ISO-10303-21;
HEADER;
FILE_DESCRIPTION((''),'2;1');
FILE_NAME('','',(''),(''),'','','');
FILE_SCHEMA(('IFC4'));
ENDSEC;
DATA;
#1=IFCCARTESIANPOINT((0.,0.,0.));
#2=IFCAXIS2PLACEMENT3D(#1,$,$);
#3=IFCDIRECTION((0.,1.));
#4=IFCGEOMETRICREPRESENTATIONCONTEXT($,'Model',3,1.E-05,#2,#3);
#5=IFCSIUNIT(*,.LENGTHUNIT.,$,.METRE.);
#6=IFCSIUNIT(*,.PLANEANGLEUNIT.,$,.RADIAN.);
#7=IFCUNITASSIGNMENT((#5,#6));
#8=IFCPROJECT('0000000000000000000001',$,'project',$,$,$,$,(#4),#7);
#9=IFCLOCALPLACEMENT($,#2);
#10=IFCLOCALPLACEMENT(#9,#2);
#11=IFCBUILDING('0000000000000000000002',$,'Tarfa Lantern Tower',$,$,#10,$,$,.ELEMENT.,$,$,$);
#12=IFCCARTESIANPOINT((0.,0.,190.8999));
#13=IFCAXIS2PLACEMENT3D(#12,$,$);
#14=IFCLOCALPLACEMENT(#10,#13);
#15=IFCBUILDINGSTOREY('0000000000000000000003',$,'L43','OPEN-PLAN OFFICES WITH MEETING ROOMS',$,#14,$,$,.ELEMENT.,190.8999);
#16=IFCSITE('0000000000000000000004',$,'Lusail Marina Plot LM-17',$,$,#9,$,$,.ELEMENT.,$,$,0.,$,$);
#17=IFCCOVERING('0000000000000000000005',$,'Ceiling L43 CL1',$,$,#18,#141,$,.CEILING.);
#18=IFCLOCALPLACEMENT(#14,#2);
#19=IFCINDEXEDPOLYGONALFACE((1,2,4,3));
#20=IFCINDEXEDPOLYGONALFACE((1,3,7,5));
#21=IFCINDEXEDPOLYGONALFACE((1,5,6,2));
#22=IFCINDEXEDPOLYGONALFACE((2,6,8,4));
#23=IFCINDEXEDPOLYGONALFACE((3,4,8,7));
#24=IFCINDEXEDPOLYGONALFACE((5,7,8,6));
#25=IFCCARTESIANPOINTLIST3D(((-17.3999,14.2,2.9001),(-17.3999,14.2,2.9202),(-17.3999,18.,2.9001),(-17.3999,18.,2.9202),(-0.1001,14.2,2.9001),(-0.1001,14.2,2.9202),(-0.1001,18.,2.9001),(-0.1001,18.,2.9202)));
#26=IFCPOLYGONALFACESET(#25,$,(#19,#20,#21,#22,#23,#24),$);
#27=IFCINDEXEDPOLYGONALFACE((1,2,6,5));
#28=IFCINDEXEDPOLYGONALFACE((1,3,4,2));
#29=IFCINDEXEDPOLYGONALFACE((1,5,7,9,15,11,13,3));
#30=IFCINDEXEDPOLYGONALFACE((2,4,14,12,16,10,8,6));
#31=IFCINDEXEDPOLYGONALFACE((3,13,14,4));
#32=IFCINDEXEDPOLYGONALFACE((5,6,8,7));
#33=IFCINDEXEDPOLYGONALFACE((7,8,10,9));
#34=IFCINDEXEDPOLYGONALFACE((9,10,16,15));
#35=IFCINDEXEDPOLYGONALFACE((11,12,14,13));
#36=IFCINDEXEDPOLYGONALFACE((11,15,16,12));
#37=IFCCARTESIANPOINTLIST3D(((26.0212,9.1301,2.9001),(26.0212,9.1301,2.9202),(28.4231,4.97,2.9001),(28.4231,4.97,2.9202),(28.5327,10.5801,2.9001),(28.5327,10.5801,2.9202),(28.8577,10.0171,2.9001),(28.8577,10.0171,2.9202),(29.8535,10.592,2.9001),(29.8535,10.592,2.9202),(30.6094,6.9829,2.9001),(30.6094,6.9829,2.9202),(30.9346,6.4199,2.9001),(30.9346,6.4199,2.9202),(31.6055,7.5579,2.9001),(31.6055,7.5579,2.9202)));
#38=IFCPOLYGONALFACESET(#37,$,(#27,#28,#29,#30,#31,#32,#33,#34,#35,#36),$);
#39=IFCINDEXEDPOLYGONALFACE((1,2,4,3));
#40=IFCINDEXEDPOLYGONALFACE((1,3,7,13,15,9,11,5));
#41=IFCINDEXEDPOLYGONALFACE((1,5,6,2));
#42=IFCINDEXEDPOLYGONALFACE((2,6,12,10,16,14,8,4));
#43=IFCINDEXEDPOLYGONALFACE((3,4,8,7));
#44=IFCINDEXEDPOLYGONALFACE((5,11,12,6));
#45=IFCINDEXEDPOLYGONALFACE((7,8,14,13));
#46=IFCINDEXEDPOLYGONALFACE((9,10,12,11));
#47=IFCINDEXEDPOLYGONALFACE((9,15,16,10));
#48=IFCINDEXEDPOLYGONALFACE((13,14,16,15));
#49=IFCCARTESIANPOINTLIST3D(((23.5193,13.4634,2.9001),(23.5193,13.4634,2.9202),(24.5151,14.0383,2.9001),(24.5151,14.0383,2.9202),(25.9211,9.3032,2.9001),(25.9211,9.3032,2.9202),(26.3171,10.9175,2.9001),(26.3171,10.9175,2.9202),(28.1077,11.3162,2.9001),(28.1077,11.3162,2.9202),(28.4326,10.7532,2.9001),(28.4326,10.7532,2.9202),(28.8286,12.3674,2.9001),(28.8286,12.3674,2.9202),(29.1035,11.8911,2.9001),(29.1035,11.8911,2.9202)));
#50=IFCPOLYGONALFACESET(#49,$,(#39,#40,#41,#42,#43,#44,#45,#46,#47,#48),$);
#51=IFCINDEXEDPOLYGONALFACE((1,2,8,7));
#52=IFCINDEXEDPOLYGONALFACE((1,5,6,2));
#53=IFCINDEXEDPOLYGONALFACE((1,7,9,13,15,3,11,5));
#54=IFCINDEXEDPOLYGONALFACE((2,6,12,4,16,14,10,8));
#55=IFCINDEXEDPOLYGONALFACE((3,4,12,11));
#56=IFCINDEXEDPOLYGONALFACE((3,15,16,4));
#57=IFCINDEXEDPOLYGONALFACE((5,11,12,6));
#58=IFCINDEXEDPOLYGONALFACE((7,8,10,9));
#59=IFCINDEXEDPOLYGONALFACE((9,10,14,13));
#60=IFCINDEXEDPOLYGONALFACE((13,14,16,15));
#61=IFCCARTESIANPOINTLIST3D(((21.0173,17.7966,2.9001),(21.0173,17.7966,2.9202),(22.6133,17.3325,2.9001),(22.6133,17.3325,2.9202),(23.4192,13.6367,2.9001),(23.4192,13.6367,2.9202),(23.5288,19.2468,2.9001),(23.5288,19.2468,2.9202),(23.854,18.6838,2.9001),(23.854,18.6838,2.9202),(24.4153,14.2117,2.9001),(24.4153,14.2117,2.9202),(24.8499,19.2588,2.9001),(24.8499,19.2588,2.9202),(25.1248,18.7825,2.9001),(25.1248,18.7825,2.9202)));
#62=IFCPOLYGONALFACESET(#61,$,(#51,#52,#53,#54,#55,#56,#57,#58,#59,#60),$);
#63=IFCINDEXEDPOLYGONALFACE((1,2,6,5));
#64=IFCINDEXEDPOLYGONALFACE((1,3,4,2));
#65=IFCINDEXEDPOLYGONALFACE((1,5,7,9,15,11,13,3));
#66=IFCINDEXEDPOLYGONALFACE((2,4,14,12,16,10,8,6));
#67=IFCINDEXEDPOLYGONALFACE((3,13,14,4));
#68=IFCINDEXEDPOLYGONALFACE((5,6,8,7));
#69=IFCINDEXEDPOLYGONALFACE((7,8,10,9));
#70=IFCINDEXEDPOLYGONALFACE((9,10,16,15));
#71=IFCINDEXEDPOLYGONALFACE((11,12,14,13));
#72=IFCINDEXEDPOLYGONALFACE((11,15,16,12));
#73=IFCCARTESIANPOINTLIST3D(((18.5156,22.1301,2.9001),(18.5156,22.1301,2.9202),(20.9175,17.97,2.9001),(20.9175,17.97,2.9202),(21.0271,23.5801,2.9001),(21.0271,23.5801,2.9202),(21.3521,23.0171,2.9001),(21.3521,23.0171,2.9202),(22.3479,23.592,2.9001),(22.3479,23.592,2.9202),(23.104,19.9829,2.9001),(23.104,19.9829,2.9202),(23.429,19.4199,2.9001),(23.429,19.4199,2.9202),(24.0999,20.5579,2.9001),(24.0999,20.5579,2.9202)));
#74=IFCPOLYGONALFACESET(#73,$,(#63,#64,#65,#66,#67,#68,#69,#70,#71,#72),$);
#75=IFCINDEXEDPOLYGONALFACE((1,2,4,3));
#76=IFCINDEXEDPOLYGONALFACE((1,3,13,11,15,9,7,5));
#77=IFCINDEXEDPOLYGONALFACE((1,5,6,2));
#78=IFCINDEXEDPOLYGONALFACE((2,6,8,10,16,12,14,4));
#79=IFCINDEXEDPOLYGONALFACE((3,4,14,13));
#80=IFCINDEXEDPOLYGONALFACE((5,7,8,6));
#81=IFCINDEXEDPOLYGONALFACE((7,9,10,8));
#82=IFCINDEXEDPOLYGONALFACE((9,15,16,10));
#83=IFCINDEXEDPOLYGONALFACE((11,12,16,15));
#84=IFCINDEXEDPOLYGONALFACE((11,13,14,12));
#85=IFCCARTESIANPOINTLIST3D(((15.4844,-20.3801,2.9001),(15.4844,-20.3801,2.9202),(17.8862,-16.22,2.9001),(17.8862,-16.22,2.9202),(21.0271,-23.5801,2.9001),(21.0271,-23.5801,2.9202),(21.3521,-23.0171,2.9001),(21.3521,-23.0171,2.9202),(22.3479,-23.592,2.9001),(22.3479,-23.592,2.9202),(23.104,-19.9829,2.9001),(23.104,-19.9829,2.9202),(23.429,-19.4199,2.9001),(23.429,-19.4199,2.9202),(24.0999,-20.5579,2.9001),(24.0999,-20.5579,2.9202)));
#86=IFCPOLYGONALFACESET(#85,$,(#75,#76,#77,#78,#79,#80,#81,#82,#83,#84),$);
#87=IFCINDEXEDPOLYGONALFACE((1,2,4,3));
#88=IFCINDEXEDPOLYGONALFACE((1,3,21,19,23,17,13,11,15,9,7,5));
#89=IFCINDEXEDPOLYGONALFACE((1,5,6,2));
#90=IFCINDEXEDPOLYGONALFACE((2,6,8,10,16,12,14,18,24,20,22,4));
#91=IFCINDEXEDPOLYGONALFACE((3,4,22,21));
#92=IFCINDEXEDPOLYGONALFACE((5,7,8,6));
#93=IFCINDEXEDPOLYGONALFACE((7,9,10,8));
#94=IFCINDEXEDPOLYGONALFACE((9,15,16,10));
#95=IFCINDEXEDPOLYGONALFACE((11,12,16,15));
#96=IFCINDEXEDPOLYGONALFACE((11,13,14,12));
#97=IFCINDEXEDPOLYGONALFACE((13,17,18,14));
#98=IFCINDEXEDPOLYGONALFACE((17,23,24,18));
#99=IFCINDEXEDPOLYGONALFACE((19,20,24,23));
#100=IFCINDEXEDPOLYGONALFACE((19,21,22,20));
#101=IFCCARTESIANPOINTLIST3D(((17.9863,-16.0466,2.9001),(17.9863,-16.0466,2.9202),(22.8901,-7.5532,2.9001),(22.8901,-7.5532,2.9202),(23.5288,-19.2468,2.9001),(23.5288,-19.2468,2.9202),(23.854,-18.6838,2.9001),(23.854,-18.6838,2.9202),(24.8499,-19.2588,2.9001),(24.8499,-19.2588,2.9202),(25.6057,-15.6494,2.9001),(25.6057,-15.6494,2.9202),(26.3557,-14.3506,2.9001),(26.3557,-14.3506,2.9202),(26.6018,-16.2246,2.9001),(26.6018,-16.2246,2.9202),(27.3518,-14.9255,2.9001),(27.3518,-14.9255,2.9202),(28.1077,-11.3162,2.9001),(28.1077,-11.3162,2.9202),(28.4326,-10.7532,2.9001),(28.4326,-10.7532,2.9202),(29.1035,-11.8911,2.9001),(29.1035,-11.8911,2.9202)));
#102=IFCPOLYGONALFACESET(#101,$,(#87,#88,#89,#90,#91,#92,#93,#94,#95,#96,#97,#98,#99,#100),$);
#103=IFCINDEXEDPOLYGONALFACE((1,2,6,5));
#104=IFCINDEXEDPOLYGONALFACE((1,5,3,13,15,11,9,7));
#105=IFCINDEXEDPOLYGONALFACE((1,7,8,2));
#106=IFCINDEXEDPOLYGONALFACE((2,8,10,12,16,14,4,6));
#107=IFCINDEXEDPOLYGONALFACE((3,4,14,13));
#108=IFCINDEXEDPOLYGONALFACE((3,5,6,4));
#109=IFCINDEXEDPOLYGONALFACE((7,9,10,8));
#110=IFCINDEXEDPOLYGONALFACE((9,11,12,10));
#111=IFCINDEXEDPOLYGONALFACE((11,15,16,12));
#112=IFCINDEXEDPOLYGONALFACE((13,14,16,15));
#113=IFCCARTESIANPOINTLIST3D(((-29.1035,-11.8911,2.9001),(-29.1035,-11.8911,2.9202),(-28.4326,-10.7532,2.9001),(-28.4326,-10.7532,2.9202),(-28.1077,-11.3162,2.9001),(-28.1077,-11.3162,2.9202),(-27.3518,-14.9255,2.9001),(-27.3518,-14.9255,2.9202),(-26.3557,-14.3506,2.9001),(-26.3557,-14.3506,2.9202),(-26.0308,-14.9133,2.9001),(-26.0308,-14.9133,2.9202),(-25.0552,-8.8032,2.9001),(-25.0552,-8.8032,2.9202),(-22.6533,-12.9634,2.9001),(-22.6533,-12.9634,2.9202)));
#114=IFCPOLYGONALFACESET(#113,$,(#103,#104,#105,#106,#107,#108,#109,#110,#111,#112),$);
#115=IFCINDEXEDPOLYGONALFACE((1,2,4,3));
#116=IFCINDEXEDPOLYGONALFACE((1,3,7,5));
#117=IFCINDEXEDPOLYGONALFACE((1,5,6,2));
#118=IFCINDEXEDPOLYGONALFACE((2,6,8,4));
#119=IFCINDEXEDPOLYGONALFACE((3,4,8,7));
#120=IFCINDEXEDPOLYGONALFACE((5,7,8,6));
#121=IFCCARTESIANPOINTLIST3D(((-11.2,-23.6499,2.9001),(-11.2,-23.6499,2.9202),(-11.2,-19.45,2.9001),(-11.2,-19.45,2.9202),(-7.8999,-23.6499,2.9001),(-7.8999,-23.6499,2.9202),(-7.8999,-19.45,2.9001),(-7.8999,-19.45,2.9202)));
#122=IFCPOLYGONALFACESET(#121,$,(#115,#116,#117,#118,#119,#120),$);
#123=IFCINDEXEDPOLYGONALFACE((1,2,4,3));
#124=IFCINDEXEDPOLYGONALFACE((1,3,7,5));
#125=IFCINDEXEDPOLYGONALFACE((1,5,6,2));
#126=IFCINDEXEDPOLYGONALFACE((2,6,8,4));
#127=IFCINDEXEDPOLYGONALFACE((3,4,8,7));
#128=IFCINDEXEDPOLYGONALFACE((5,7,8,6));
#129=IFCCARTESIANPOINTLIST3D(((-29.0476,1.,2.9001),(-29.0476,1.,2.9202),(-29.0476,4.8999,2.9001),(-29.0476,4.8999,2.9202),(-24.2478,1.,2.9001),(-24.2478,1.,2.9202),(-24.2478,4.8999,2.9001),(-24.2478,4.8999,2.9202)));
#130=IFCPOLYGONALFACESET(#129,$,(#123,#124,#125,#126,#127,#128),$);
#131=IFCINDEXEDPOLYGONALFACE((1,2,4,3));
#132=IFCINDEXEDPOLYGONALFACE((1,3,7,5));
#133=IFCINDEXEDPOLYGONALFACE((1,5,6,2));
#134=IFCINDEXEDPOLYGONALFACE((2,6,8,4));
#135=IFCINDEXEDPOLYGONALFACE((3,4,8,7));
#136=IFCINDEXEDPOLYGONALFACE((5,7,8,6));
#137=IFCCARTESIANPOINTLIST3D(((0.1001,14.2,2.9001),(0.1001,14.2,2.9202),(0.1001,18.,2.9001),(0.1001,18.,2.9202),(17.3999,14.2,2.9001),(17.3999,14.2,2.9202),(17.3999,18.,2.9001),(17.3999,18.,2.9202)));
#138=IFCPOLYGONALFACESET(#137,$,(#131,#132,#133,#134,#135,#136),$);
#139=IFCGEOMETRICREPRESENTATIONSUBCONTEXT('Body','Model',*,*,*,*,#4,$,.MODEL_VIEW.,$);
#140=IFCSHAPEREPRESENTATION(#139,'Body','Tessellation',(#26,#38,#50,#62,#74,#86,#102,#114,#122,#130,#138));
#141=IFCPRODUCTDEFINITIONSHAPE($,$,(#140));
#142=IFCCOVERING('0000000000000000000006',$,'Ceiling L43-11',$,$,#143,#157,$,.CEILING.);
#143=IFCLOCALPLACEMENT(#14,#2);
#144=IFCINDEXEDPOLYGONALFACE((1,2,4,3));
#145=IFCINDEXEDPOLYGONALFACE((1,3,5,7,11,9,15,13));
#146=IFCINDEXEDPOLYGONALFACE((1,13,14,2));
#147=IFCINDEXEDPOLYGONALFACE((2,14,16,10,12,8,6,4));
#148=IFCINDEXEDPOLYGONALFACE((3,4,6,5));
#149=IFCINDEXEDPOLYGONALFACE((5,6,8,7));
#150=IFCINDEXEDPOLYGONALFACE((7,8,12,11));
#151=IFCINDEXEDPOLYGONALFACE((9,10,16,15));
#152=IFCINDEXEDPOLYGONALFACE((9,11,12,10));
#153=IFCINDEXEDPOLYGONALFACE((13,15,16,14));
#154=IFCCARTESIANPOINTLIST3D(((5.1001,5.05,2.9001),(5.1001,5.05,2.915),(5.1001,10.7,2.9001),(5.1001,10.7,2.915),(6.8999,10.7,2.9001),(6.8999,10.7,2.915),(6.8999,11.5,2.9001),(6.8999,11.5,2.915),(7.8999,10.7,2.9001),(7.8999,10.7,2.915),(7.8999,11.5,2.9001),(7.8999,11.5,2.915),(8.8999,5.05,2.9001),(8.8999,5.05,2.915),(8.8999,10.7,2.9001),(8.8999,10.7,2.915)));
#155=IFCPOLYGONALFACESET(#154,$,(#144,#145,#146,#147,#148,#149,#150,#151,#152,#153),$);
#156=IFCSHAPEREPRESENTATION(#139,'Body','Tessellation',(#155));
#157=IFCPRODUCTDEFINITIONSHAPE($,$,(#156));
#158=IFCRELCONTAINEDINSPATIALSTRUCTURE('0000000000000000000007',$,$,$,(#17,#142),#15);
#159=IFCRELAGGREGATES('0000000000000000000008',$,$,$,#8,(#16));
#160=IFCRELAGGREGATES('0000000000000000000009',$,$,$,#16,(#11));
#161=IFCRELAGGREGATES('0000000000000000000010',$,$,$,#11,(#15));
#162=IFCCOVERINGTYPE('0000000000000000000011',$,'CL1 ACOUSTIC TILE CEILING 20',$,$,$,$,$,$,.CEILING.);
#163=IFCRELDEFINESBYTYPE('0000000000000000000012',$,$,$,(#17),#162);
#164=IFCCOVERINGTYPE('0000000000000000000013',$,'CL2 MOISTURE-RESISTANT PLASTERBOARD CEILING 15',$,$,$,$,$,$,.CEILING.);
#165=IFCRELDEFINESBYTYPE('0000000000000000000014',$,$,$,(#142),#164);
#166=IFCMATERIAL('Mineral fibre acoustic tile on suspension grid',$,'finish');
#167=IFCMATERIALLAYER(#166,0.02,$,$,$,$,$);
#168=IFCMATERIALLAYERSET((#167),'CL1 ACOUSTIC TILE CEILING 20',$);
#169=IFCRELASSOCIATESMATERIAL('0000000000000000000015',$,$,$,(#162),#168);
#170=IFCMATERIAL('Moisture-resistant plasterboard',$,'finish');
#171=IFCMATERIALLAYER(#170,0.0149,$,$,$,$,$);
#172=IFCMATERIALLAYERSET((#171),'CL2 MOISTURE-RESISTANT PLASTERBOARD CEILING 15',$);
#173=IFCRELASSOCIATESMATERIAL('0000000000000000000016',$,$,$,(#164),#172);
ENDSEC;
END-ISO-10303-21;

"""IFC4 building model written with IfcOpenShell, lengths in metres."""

from ifc_helpers import new_model, si_unit, direction, frame, origin, place, context, subcontext, project, spatial, polyline, outline, extrude, material, layer, layer_set, type_object, element, save


model = new_model("IFC4")

# Units and contexts
model_context = context("Model", 3, precision=1e-05, world=origin(), true_north=direction((0.0, 1.0)))
body_context = subcontext(model_context, "Body", "Model", "MODEL_VIEW")
ifc_project = project(units=[si_unit("LENGTHUNIT", "METRE"), si_unit("PLANEANGLEUNIT", "RADIAN")], contexts=[model_context])

# Site, building, storey
site_placement = place(None, origin())
site = spatial("IfcSite", under=ifc_project, at=site_placement, Name="Lusail Marina Plot LM-17", CompositionType="ELEMENT", RefElevation=0.0)
building_placement = place(site_placement, origin())
building = spatial("IfcBuilding", under=site, at=building_placement, Name="Tarfa Lantern Tower", CompositionType="ELEMENT")
storey_placement = place(building_placement, frame((0.0, 0.0, 190.8999)))
storey = spatial("IfcBuildingStorey", under=building, at=storey_placement, Name="L43", Description="OPEN-PLAN OFFICES WITH MEETING ROOMS", CompositionType="ELEMENT", Elevation=190.8999)

# Coverings
ifc_material_1 = material(Name="Mineral fibre acoustic tile on suspension grid", Category="finish")
ifc_layer_1 = layer(ifc_material_1, 0.02)
ifc_layer_set_1 = layer_set([ifc_layer_1], Name="CL1 ACOUSTIC TILE CEILING 20")
covering_type_1 = type_object("IfcCoveringType", Name="CL1 ACOUSTIC TILE CEILING 20", PredefinedType="CEILING", material=ifc_layer_set_1)
covering_1_placement = place(storey_placement, frame((0.0, 0.0, 2.9001)))
element("IfcCovering", 1, at=covering_1_placement, inside=storey, type_object=covering_type_1, Name="Ceiling L43 CL1", PredefinedType="CEILING", context=body_context, shape_type="SweptSolid", body=[
    extrude(outline(polyline([(-17.3999, 18.0), (-0.1001, 18.0), (-0.1001, 14.2), (-17.3999, 14.2), (-17.3999, 18.0)])), origin(), (0.0, 0.0, 1.0), 0.02),
    extrude(outline(polyline([(26.0212, 9.1301), (28.5327, 10.5801), (28.8577, 10.0171), (29.8535, 10.592), (31.6055, 7.5579), (30.6094, 6.9829), (30.9346, 6.4199), (28.4231, 4.97), (26.0212, 9.1301)])), origin(), (0.0, 0.0, 1.0), 0.02),
    extrude(outline(polyline([(25.9211, 9.3032), (23.5193, 13.4634), (24.5151, 14.0383), (26.3171, 10.9175), (28.8286, 12.3674), (29.1035, 11.8911), (28.1077, 11.3162), (28.4326, 10.7532), (25.9211, 9.3032)])), origin(), (0.0, 0.0, 1.0), 0.02),
    extrude(outline(polyline([(21.0173, 17.7966), (23.5288, 19.2468), (23.854, 18.6838), (24.8499, 19.2588), (25.1248, 18.7825), (22.6133, 17.3325), (24.4153, 14.2117), (23.4192, 13.6367), (21.0173, 17.7966)])), origin(), (0.0, 0.0, 1.0), 0.02),
    extrude(outline(polyline([(18.5156, 22.1301), (21.0271, 23.5801), (21.3521, 23.0171), (22.3479, 23.592), (24.0999, 20.5579), (23.104, 19.9829), (23.429, 19.4199), (20.9175, 17.97), (18.5156, 22.1301)])), origin(), (0.0, 0.0, 1.0), 0.02),
    extrude(outline(polyline([(17.8862, -16.22), (23.429, -19.4199), (23.104, -19.9829), (24.0999, -20.5579), (22.3479, -23.592), (21.3521, -23.0171), (21.0271, -23.5801), (15.4844, -20.3801), (17.8862, -16.22)])), origin(), (0.0, 0.0, 1.0), 0.02),
    extrude(outline(polyline([(22.8901, -7.5532), (28.4326, -10.7532), (28.1077, -11.3162), (29.1035, -11.8911), (27.3518, -14.9255), (26.3557, -14.3506), (25.6057, -15.6494), (26.6018, -16.2246), (24.8499, -19.2588), (23.854, -18.6838), (23.5288, -19.2468), (17.9863, -16.0466), (22.8901, -7.5532)])), origin(), (0.0, 0.0, 1.0), 0.02),
    extrude(outline(polyline([(-22.6533, -12.9634), (-26.0308, -14.9133), (-26.3557, -14.3506), (-27.3518, -14.9255), (-29.1035, -11.8911), (-28.1077, -11.3162), (-28.4326, -10.7532), (-25.0552, -8.8032), (-22.6533, -12.9634)])), origin(), (0.0, 0.0, 1.0), 0.02),
    extrude(outline(polyline([(-7.8999, -23.6499), (-11.2, -23.6499), (-11.2, -19.45), (-7.8999, -19.45), (-7.8999, -23.6499)])), origin(), (0.0, 0.0, 1.0), 0.02),
    extrude(outline(polyline([(-29.0476, 1.0), (-29.0476, 4.8999), (-24.2478, 4.8999), (-24.2478, 1.0), (-29.0476, 1.0)])), origin(), (0.0, 0.0, 1.0), 0.02),
    extrude(outline(polyline([(0.1001, 18.0), (17.3999, 18.0), (17.3999, 14.2), (0.1001, 14.2), (0.1001, 18.0)])), origin(), (0.0, 0.0, 1.0), 0.02),
])
ifc_material_2 = material(Name="Moisture-resistant plasterboard", Category="finish")
ifc_layer_2 = layer(ifc_material_2, 0.0149)
ifc_layer_set_2 = layer_set([ifc_layer_2], Name="CL2 MOISTURE-RESISTANT PLASTERBOARD CEILING 15")
covering_type_2 = type_object("IfcCoveringType", Name="CL2 MOISTURE-RESISTANT PLASTERBOARD CEILING 15", PredefinedType="CEILING", material=ifc_layer_set_2)
covering_2_placement = place(storey_placement, frame((0.0, 0.0, 2.9001)))
element("IfcCovering", 2, at=covering_2_placement, inside=storey, type_object=covering_type_2, Name="Ceiling L43-11", PredefinedType="CEILING", context=body_context, shape_type="SweptSolid", body=[
    extrude(outline(polyline([(5.1001, 5.05), (8.8999, 5.05), (8.8999, 10.7), (7.8999, 10.7), (7.8999, 11.5), (6.8999, 11.5), (6.8999, 10.7), (5.1001, 10.7), (5.1001, 5.05)])), origin(), (0.0, 0.0, 1.0), 0.0149),
])

save(model, "model.ifc")
